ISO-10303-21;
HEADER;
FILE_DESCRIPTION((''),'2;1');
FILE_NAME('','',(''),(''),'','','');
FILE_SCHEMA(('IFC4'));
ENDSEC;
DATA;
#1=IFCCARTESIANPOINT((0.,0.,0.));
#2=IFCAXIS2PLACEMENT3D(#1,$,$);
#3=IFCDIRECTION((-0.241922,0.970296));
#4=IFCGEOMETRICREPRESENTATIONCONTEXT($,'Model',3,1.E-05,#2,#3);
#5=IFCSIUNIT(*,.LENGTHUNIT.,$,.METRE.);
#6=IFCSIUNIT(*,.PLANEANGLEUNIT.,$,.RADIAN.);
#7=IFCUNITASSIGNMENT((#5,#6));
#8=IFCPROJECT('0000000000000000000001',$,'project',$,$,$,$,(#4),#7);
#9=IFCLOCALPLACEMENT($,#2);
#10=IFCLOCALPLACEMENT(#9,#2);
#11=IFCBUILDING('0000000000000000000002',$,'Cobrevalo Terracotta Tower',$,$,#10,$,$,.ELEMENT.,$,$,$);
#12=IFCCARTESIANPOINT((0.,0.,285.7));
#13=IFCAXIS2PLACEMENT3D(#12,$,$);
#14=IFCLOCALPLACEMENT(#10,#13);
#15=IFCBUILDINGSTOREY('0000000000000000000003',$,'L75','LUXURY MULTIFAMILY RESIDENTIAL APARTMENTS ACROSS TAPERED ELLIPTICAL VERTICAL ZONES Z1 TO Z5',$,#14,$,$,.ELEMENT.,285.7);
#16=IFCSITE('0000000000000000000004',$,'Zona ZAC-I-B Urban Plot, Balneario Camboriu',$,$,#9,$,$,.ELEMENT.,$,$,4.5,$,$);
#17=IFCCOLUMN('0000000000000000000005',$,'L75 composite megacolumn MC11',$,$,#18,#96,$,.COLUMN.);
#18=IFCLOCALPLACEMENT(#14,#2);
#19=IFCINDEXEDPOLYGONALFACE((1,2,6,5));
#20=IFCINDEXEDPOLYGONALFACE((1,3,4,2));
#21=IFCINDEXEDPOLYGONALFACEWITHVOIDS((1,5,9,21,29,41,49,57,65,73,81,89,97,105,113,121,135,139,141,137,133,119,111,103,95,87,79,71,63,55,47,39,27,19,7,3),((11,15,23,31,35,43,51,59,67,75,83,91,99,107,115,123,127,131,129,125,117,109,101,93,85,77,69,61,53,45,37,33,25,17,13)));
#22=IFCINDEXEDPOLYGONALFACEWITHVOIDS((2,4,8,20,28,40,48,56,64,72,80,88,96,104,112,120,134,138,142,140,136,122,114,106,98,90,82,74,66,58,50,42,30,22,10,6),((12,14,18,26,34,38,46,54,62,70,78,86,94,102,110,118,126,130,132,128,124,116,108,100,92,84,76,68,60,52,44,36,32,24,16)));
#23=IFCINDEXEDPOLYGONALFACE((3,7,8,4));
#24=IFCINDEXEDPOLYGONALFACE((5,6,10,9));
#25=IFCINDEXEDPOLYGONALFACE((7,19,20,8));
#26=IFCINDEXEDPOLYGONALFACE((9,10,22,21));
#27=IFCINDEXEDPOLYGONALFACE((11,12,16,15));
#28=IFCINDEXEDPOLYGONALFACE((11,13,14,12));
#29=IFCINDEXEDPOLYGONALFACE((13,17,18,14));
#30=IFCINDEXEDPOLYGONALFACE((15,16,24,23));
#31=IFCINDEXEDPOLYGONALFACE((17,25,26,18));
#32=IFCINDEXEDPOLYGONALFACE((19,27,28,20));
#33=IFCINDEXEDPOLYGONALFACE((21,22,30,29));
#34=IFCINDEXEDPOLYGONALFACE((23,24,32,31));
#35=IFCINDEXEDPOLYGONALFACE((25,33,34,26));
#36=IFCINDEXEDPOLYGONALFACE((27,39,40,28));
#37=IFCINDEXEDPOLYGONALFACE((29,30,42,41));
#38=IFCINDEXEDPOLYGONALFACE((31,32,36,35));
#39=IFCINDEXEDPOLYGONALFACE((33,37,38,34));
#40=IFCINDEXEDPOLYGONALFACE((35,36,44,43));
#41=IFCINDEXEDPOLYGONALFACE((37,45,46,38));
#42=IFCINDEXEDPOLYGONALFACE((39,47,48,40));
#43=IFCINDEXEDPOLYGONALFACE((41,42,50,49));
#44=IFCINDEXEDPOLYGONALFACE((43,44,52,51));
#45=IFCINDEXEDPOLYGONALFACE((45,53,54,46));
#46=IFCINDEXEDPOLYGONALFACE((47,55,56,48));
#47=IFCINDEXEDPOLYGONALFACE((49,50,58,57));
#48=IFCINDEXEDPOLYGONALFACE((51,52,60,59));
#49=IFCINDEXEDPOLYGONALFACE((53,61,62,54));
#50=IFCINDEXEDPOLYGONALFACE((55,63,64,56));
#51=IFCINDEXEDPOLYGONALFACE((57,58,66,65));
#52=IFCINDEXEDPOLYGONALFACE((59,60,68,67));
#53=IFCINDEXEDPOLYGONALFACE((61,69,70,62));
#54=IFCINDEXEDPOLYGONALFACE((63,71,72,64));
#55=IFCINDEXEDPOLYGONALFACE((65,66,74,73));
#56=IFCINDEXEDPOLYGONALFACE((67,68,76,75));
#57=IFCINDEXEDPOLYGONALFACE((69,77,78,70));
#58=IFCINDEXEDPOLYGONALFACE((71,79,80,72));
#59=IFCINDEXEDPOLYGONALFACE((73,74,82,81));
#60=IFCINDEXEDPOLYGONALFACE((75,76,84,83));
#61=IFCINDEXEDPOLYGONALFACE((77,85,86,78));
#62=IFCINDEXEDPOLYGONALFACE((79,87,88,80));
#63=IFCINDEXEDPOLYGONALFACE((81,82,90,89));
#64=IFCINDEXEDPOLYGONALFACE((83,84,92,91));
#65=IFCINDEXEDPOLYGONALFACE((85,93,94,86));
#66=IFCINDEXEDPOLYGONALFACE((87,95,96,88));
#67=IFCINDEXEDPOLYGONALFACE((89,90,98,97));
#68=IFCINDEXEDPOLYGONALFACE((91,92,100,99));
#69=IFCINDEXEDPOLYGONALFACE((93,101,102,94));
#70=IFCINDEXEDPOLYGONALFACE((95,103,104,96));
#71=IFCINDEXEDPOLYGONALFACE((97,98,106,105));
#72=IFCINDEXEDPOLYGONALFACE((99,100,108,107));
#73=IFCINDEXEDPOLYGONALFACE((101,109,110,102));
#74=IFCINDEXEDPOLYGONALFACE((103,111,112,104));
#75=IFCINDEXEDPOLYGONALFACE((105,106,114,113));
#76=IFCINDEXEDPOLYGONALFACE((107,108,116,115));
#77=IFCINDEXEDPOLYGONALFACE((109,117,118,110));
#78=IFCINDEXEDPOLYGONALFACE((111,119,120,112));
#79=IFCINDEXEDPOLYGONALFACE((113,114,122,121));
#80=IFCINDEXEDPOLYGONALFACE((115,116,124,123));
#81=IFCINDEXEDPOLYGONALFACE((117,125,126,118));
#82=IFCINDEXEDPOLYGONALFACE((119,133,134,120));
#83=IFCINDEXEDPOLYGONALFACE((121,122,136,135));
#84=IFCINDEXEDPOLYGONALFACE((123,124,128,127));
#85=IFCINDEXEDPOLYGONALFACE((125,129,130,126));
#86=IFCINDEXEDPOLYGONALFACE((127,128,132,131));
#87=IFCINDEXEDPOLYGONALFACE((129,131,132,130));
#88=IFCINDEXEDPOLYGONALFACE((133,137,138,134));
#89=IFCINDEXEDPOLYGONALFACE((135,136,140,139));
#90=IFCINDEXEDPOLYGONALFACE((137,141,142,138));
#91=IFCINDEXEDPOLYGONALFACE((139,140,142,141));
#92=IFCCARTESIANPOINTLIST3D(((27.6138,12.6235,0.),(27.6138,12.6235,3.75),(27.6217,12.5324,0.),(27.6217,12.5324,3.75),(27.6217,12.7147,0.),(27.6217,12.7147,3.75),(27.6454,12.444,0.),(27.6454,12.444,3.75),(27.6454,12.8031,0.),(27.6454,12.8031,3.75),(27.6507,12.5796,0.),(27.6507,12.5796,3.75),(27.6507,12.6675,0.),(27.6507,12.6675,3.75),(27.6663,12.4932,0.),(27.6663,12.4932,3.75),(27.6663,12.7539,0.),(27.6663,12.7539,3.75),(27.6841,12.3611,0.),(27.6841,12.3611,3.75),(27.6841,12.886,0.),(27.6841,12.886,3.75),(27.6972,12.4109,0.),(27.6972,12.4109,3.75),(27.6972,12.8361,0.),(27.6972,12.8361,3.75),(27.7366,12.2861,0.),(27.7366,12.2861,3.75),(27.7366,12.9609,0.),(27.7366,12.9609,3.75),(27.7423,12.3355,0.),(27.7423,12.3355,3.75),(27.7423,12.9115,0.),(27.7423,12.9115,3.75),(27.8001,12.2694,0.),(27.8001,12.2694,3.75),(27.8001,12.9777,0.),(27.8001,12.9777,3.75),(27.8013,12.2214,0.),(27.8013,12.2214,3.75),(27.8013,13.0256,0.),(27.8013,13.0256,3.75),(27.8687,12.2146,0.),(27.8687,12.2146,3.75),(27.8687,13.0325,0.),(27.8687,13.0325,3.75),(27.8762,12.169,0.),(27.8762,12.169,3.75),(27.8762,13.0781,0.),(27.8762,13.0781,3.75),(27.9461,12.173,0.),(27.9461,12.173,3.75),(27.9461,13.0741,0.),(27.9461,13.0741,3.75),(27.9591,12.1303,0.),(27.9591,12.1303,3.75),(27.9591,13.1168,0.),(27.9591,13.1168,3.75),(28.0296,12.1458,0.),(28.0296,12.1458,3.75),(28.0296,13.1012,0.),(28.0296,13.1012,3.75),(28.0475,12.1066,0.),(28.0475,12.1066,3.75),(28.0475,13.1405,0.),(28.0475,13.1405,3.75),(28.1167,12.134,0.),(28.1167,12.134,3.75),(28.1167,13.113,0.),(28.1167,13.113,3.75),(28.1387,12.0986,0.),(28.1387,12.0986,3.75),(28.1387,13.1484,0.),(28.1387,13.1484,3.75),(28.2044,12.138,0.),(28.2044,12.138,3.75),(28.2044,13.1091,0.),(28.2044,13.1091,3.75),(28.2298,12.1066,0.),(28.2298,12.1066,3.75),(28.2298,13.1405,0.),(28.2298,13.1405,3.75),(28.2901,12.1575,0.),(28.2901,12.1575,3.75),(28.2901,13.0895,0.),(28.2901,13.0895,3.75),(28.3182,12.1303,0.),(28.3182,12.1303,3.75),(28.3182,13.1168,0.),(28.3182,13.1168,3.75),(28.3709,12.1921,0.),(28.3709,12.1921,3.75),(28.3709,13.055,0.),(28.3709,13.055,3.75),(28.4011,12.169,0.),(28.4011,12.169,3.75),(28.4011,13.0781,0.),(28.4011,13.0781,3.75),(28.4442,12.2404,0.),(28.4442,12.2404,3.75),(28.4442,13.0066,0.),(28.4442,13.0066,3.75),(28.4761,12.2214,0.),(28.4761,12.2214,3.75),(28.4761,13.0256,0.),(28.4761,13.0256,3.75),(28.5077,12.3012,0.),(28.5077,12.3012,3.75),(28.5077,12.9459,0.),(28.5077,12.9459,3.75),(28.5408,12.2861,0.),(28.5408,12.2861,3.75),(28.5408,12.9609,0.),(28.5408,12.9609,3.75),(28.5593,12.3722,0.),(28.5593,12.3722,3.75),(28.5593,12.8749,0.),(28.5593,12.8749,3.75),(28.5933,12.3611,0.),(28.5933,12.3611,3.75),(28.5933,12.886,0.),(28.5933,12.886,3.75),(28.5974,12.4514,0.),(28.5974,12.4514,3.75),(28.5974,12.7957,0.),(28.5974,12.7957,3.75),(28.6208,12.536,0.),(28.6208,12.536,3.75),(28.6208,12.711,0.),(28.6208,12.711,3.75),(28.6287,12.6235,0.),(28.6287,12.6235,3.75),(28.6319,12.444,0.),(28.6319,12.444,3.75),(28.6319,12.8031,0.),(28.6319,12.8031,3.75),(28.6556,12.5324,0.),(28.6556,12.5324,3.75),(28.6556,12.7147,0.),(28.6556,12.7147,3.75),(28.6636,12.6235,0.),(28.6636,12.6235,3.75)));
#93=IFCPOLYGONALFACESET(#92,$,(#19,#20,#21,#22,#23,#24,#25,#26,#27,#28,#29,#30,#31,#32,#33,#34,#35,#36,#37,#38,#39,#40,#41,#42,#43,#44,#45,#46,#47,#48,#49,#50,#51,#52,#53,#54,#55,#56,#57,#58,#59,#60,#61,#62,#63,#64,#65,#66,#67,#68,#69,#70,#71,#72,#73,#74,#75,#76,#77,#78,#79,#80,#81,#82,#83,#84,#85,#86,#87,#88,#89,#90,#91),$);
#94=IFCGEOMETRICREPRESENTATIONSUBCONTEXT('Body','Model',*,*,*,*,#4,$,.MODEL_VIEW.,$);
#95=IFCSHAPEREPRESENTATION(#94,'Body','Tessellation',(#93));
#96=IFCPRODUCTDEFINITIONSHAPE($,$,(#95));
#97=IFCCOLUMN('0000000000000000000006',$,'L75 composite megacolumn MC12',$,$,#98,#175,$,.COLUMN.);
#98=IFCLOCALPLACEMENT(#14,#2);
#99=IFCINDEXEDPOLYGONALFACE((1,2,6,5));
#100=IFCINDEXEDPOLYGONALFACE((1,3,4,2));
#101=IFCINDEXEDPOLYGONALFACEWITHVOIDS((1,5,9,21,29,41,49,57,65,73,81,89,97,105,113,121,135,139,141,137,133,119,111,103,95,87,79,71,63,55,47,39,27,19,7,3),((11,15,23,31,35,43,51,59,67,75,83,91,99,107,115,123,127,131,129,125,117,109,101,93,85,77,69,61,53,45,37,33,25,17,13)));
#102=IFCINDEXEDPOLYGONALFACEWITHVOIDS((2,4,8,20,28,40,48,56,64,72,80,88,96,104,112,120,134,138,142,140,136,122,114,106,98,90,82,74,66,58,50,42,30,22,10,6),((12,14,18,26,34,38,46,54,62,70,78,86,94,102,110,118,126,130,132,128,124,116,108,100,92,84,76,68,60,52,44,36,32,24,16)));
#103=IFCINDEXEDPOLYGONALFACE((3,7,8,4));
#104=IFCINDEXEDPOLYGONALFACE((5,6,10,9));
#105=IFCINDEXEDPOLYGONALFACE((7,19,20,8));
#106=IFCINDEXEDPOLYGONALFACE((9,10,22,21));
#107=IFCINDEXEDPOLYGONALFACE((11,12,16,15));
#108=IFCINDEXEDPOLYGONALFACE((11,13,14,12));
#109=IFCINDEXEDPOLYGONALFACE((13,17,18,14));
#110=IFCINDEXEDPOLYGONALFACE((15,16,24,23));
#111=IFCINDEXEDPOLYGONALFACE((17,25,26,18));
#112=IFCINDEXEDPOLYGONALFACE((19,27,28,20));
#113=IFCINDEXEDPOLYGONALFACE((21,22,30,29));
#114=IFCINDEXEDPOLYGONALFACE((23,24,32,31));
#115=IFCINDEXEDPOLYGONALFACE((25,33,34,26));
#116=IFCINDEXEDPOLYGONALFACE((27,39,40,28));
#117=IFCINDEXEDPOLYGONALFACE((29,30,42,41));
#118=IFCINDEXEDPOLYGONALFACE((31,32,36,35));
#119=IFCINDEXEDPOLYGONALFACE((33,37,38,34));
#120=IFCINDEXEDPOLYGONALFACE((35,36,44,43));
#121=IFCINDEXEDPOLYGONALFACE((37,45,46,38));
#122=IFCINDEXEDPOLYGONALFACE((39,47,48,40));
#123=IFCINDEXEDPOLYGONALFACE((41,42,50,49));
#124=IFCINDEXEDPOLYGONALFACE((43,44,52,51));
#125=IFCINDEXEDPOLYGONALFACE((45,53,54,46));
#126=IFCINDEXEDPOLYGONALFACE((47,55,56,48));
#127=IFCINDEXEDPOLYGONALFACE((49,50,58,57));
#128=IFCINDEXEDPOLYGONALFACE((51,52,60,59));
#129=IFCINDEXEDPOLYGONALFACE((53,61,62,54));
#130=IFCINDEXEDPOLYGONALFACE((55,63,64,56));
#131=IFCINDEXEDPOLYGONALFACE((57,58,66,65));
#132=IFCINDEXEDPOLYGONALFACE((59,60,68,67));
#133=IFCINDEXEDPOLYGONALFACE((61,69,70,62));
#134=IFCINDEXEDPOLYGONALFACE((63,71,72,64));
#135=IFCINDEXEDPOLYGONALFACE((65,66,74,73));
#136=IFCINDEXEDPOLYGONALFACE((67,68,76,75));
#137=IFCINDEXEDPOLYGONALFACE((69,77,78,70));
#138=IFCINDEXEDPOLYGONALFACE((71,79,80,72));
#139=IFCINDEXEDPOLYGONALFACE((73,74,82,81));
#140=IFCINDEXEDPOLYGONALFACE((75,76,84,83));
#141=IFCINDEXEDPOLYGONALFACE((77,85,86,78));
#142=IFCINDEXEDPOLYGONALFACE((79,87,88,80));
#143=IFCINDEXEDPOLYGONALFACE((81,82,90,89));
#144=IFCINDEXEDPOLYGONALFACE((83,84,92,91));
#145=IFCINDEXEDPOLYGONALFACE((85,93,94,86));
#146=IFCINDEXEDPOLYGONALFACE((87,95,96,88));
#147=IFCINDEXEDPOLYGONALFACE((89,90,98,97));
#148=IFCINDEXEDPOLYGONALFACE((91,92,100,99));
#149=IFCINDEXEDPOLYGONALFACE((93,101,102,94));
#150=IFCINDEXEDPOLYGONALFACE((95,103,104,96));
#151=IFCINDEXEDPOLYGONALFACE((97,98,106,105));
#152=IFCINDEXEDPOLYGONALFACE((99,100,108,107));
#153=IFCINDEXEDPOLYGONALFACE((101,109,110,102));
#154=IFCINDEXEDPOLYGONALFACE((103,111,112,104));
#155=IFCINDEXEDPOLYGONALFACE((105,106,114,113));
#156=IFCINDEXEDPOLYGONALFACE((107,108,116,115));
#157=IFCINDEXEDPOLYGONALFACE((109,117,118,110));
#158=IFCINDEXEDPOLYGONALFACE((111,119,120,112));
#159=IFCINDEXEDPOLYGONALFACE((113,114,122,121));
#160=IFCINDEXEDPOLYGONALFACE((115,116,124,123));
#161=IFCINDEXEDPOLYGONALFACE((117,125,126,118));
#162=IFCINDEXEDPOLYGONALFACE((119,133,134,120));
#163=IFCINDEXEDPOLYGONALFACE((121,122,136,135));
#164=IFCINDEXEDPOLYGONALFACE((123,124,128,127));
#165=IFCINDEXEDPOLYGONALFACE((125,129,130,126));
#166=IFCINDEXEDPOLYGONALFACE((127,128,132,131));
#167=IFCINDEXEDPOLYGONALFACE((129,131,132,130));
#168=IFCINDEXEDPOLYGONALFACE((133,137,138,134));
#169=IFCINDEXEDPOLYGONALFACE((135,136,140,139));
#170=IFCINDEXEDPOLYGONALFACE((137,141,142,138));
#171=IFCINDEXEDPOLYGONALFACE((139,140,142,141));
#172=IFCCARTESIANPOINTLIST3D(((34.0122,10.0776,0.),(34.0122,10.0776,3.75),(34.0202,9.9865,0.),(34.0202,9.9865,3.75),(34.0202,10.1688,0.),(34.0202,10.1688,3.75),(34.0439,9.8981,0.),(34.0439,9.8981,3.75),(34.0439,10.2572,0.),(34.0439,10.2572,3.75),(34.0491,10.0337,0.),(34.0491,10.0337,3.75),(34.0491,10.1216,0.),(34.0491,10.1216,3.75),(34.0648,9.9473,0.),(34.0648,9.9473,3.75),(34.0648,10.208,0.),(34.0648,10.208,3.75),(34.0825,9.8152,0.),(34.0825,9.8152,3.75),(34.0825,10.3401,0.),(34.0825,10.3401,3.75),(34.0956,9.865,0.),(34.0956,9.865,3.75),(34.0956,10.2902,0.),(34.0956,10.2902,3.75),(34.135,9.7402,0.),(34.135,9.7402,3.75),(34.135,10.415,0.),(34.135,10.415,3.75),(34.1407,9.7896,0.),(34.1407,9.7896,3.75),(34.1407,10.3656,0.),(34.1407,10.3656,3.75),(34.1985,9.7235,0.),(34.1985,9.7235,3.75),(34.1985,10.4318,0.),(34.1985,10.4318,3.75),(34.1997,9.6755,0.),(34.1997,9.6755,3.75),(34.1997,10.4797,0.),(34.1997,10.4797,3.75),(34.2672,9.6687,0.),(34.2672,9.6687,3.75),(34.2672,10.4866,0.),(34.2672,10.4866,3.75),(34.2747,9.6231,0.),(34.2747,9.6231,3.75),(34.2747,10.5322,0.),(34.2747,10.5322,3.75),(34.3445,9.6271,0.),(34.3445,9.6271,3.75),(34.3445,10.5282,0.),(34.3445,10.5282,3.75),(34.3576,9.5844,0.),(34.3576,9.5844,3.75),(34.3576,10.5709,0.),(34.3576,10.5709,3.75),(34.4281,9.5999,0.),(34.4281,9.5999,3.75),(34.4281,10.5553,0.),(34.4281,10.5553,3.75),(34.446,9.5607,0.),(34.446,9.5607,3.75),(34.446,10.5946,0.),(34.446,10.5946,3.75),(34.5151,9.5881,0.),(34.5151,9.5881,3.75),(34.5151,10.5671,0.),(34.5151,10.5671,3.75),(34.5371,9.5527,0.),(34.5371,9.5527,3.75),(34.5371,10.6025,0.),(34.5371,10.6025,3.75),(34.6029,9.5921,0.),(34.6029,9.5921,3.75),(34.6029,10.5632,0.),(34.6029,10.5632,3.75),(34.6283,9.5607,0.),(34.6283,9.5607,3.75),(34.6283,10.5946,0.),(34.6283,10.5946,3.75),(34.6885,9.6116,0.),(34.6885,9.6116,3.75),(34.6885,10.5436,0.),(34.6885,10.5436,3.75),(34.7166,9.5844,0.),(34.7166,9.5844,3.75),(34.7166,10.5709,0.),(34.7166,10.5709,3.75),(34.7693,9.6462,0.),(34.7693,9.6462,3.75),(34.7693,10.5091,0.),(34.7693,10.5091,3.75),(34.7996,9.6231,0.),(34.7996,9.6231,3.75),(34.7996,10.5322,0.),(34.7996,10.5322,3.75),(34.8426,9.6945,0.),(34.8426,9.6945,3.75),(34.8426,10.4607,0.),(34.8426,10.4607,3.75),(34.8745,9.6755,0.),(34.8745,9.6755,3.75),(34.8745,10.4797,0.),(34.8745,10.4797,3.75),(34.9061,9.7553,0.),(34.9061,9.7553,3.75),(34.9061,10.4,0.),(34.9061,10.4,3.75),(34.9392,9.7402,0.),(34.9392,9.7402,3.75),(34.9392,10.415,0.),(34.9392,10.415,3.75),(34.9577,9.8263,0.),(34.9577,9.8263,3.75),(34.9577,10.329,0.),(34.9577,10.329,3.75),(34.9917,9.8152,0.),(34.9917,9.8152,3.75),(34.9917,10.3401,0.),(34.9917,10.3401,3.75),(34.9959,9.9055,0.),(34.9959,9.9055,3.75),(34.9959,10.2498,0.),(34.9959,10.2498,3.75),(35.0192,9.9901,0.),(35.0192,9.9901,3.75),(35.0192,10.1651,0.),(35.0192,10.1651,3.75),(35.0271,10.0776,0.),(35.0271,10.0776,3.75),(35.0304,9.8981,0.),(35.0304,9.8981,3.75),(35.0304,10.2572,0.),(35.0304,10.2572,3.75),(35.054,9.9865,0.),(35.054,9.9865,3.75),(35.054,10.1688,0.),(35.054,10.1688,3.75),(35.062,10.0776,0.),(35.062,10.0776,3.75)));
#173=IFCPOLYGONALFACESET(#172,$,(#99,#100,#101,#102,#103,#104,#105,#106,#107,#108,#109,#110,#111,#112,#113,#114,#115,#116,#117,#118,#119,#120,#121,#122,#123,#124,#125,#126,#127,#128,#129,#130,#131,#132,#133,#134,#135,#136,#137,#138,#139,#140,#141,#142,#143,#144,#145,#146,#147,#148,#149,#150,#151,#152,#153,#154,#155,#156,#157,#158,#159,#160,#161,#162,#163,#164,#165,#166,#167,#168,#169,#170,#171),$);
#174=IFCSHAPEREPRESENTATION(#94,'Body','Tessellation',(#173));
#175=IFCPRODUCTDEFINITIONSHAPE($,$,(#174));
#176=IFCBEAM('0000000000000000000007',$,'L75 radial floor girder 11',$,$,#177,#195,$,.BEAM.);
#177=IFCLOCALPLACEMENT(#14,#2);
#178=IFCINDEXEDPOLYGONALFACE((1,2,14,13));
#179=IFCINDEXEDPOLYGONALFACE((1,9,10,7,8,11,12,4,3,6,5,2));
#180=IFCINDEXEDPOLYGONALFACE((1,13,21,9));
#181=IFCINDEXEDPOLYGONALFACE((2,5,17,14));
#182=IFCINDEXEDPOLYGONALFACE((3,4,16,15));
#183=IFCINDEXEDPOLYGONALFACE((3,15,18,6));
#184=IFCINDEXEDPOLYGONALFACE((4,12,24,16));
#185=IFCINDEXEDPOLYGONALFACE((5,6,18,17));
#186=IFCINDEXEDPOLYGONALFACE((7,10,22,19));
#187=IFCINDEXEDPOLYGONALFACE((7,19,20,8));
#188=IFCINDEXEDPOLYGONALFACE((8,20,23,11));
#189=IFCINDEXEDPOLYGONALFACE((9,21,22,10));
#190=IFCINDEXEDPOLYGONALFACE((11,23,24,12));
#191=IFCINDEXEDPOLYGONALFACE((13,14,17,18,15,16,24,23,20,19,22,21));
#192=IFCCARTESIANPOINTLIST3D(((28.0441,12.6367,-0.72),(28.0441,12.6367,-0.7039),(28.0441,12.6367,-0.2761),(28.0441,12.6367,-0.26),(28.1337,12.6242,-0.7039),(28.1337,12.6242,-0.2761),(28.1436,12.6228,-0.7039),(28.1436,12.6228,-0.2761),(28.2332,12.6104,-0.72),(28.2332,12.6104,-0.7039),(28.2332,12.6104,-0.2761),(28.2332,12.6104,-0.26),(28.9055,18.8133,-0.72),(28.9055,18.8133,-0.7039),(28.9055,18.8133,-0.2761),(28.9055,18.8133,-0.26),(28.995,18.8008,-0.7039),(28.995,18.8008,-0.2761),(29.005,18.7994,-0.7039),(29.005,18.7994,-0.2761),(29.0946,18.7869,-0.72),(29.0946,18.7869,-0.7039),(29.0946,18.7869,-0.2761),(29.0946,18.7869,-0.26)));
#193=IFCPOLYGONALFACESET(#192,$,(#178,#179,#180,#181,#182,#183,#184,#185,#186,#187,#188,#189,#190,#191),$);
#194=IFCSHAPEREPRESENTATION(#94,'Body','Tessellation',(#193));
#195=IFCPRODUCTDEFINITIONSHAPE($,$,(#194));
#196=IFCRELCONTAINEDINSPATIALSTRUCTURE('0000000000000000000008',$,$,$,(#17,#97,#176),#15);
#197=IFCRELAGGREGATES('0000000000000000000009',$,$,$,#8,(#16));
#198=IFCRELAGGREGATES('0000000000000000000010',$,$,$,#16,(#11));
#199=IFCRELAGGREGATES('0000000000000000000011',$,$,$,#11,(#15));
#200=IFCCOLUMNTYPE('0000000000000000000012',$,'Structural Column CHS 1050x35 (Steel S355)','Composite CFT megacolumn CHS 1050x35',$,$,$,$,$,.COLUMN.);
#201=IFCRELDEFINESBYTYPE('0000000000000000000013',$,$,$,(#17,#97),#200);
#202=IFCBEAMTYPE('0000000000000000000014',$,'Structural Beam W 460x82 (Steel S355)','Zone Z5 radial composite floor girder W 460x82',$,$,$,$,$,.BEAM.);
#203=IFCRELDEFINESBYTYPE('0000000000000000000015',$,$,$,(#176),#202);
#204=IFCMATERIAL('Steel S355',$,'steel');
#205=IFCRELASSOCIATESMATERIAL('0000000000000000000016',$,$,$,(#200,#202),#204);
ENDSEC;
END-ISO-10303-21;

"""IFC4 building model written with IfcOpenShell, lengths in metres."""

from ifc_helpers import new_model, si_unit, direction, frame, origin, origin_2d, place, context, subcontext, project, spatial, hollow_circle, i_section, extrude, material, material_profile, profile_set, type_object, element, save


model = new_model("IFC4")

# Units and contexts
model_context = context("Model", 3, precision=1e-05, world=origin(), true_north=direction((-0.241922, 0.970296)))
body_context = subcontext(model_context, "Body", "Model", "MODEL_VIEW")
ifc_project = project(units=[si_unit("LENGTHUNIT", "METRE"), si_unit("PLANEANGLEUNIT", "RADIAN")], contexts=[model_context])

# Site, building, storey
site_placement = place(None, origin())
site = spatial("IfcSite", under=ifc_project, at=site_placement, Name="Zona ZAC-I-B Urban Plot, Balneario Camboriu", CompositionType="ELEMENT", RefElevation=4.5)
building_placement = place(site_placement, origin())
building = spatial("IfcBuilding", under=site, at=building_placement, Name="Cobrevalo Terracotta Tower", CompositionType="ELEMENT")
storey_placement = place(building_placement, frame((0.0, 0.0, 285.7)))
storey = spatial("IfcBuildingStorey", under=building, at=storey_placement, Name="L75", Description="LUXURY MULTIFAMILY RESIDENTIAL APARTMENTS ACROSS TAPERED ELLIPTICAL VERTICAL ZONES Z1 TO Z5", CompositionType="ELEMENT", Elevation=285.7)

# Columns
ifc_material_1 = material(Name="Steel S355", Category="steel")
ifc_material_profile_1 = material_profile(ifc_material_1, hollow_circle(Radius=0.5249, WallThickness=0.0349, at=origin_2d()), Name="CHS 1050x35")
ifc_profile_set_1 = profile_set([ifc_material_profile_1], Name="Steel S355")
column_type = type_object("IfcColumnType", Name="Structural Column CHS 1050x35 (Steel S355)", Description="Composite CFT megacolumn CHS 1050x35", PredefinedType="COLUMN", material=ifc_profile_set_1)
for number, where, z_axis, x_axis, name in (
    (1, (28.1387, 12.6235, 0.0), (0.0, 0.0, 1.0), (1.0, 0.0, 0.0), "L75 composite megacolumn MC11"),
    (2, (34.5371, 10.0776, 0.0), (0.0, 0.0, 1.0), (1.0, 0.0, 0.0), "L75 composite megacolumn MC12"),
):
    element("IfcColumn", number, at=place(storey_placement, frame(where, z_axis=z_axis, x_axis=x_axis)), inside=storey, type_object=column_type, Name=name, PredefinedType="COLUMN", context=body_context, shape_type="SweptSolid", body=[
        extrude(hollow_circle(Radius=0.5249, WallThickness=0.0349, at=origin_2d()), origin(), (0.0, 0.0, 1.0), 3.75),
    ])

# Beam
ifc_material_profile_2 = material_profile(ifc_material_1, i_section(OverallWidth=0.1909, OverallDepth=0.46, WebThickness=0.01, FlangeThickness=0.0161, at=origin_2d()), Name="W 460x82")
ifc_profile_set_2 = profile_set([ifc_material_profile_2], Name="Steel S355")
beam_type_1 = type_object("IfcBeamType", Name="Structural Beam W 460x82 (Steel S355)", Description="Zone Z5 radial composite floor girder W 460x82", PredefinedType="BEAM", material=ifc_profile_set_2)
beam_1_placement = place(storey_placement, frame((28.1387, 12.6235, -0.49), z_axis=(0.138116, 0.990416, 0.0), x_axis=(-0.990416, 0.138116, 0.0)))
element("IfcBeam", 3, at=beam_1_placement, inside=storey, type_object=beam_type_1, Name="L75 radial floor girder 11", PredefinedType="BEAM", context=body_context, shape_type="SweptSolid", body=[
    extrude(i_section(OverallWidth=0.1909, OverallDepth=0.46, WebThickness=0.01, FlangeThickness=0.0161, at=origin_2d()), origin(), (0.0, 0.0, 1.0), 6.2363),
])

save(model, "model.ifc")
